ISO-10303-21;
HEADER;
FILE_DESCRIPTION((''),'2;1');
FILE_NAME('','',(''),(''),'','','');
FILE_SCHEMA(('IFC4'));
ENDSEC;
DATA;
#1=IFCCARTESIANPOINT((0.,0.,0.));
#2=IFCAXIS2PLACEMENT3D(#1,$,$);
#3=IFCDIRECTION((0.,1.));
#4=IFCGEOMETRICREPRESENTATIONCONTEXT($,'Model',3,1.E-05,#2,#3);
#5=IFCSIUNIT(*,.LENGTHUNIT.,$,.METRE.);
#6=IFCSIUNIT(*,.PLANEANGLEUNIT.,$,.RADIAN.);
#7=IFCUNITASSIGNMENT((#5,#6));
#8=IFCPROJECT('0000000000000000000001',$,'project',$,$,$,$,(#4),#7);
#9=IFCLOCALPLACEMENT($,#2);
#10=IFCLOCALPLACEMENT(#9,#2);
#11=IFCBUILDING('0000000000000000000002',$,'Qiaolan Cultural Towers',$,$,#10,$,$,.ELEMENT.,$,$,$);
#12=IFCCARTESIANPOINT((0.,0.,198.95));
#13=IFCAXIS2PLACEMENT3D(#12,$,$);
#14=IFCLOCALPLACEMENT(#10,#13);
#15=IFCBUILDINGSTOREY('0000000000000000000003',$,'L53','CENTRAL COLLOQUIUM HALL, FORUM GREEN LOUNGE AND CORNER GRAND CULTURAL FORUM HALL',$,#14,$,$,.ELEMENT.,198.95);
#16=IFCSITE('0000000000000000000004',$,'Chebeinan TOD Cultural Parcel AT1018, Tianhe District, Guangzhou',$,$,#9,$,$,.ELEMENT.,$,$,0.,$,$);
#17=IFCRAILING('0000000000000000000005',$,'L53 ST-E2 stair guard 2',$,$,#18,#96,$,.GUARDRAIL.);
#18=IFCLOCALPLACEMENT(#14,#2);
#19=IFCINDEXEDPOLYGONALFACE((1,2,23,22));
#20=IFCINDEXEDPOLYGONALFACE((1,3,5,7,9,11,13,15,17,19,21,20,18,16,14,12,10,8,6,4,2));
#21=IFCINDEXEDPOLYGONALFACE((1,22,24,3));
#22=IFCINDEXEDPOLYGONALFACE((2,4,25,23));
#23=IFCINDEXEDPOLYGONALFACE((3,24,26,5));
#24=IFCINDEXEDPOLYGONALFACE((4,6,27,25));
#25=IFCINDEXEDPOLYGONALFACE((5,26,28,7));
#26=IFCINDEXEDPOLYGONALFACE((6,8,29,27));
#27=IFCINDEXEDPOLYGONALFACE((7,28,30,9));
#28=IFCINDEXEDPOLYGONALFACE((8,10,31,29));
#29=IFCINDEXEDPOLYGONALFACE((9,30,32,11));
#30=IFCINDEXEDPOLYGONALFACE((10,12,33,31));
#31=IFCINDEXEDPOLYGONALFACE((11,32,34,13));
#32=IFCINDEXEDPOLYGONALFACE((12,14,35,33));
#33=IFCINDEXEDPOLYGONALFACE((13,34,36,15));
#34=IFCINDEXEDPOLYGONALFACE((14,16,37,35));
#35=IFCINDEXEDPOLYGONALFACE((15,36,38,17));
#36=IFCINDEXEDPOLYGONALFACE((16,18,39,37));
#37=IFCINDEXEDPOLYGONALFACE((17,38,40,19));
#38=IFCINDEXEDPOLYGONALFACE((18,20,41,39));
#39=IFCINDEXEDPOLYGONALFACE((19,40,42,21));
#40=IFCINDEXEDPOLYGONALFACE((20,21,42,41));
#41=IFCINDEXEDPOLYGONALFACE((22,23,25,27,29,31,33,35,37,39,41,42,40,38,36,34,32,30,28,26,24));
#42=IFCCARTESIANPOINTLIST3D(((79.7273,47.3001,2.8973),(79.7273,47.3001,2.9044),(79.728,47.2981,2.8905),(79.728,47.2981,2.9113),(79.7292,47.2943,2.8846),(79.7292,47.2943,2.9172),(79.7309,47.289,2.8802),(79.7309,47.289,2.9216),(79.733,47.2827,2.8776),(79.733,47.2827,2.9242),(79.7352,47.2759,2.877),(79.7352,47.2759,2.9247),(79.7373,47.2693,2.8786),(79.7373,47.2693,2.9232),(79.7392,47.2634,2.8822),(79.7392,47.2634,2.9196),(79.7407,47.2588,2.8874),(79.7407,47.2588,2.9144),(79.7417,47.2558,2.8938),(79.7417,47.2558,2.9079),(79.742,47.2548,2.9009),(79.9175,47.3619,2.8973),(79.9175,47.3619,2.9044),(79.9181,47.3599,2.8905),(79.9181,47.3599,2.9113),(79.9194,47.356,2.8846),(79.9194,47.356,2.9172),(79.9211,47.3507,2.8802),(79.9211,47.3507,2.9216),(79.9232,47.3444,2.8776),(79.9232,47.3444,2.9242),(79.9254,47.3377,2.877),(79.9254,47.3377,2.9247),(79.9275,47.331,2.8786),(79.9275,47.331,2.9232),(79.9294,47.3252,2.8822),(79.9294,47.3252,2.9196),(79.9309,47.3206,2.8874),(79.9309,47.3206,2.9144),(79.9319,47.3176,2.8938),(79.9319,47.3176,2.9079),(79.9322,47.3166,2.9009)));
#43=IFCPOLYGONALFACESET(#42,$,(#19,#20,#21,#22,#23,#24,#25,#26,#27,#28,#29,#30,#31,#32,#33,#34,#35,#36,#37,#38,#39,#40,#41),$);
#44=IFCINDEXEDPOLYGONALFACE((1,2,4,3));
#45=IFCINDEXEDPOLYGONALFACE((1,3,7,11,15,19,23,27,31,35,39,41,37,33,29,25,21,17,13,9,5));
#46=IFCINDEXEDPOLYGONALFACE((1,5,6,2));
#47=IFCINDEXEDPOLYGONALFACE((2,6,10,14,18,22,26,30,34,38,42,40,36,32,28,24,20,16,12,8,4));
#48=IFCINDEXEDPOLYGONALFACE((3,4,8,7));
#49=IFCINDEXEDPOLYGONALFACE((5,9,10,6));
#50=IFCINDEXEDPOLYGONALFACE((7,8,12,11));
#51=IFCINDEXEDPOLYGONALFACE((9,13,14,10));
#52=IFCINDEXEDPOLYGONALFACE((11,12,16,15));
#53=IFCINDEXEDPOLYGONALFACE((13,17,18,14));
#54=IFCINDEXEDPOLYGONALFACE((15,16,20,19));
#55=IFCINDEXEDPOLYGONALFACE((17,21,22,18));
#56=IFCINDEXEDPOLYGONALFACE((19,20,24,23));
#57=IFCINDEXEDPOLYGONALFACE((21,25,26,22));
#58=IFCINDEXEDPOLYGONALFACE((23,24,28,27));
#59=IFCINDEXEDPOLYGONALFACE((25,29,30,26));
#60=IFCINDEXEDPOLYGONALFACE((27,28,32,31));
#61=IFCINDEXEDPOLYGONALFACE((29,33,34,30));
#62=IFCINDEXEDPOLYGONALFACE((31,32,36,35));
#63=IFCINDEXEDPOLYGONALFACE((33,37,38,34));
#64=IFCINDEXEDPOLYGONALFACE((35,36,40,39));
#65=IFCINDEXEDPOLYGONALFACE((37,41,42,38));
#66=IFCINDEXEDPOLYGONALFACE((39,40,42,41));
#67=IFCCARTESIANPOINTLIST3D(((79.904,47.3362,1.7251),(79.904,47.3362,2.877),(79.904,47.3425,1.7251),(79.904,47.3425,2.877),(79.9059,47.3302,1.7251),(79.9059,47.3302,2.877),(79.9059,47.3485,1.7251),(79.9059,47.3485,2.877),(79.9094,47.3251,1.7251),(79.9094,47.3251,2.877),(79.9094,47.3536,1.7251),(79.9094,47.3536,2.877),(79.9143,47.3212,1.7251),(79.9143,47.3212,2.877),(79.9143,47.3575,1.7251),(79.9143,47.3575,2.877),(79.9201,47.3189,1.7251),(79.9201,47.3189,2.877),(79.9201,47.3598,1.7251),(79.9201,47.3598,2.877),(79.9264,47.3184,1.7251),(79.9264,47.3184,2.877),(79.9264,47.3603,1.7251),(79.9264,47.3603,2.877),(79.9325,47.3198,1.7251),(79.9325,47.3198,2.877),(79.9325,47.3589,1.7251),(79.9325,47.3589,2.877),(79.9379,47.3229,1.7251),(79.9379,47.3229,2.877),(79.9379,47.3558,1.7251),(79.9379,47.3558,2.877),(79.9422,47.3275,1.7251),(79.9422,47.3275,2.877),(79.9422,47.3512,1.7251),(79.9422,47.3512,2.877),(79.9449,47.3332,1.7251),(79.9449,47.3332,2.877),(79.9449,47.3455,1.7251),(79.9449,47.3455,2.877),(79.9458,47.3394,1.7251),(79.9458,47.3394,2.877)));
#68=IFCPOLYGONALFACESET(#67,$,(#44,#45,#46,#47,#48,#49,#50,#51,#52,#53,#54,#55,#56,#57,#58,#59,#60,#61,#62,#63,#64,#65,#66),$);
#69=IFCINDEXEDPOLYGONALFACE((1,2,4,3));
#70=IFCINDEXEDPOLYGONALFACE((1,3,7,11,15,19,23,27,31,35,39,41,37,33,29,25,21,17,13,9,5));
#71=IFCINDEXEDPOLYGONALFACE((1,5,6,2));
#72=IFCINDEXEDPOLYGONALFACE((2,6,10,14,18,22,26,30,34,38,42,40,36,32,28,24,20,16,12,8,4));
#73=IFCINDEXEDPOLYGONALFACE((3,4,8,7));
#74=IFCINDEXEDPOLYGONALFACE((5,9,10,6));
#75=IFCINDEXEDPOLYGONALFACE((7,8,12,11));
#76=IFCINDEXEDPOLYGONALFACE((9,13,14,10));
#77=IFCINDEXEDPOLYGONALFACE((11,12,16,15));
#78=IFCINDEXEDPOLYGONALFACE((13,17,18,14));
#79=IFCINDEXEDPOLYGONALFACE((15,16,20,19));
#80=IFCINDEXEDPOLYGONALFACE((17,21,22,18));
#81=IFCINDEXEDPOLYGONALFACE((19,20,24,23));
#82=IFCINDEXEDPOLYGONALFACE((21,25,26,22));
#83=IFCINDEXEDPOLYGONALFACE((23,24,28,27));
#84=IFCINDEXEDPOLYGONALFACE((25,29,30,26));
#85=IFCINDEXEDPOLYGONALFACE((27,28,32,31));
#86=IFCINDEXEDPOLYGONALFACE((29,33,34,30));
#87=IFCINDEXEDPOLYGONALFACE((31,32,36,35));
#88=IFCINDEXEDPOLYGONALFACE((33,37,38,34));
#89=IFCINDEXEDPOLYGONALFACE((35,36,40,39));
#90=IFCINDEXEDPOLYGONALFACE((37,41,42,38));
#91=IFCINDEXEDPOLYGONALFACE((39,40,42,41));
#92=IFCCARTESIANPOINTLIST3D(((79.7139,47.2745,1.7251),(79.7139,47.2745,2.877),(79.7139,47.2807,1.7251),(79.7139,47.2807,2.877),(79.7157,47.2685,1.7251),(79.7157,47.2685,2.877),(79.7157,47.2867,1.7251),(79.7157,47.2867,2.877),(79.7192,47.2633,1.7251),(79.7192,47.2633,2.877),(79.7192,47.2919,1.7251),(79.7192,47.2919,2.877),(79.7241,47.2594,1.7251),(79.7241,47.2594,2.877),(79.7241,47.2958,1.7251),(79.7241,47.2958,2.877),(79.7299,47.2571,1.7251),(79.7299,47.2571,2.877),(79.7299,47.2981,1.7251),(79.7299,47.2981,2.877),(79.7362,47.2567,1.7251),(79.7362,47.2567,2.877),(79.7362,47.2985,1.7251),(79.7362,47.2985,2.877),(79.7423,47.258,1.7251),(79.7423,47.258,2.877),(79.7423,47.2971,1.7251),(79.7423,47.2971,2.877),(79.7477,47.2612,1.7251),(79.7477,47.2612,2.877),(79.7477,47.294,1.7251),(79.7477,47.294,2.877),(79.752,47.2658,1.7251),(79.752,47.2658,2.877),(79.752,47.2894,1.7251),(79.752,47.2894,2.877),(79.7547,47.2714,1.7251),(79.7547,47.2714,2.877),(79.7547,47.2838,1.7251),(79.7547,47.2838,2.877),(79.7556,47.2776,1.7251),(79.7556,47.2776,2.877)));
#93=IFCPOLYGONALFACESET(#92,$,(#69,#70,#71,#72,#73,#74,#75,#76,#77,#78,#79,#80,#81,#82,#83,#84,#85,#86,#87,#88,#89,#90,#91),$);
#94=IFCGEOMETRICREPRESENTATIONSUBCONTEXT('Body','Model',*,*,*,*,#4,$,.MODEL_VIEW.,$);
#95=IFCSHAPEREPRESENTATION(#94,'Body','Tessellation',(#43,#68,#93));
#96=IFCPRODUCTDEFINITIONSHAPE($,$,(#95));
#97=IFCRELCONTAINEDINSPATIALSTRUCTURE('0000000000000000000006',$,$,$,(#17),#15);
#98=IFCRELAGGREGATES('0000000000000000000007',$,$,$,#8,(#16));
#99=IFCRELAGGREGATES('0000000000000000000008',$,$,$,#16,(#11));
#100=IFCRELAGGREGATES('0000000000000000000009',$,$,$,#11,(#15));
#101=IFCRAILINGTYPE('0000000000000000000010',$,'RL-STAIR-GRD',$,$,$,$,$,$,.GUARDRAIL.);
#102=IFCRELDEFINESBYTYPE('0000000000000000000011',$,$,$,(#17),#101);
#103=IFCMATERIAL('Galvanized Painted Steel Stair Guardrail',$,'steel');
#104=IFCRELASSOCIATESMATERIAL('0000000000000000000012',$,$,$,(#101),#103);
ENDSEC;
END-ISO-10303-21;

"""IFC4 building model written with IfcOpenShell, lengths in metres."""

from ifc_helpers import new_model, si_unit, direction, frame, origin, origin_2d, place, context, subcontext, project, spatial, circle, extrude, material, type_object, element, save


model = new_model("IFC4")

# Units and contexts
model_context = context("Model", 3, precision=1e-05, world=origin(), true_north=direction((0.0, 1.0)))
body_context = subcontext(model_context, "Body", "Model", "MODEL_VIEW")
ifc_project = project(units=[si_unit("LENGTHUNIT", "METRE"), si_unit("PLANEANGLEUNIT", "RADIAN")], contexts=[model_context])

# Site, building, storey
site_placement = place(None, origin())
site = spatial("IfcSite", under=ifc_project, at=site_placement, Name="Chebeinan TOD Cultural Parcel AT1018, Tianhe District, Guangzhou", CompositionType="ELEMENT", RefElevation=0.0)
building_placement = place(site_placement, origin())
building = spatial("IfcBuilding", under=site, at=building_placement, Name="Qiaolan Cultural Towers", CompositionType="ELEMENT")
storey_placement = place(building_placement, frame((0.0, 0.0, 198.95)))
storey = spatial("IfcBuildingStorey", under=building, at=storey_placement, Name="L53", Description="CENTRAL COLLOQUIUM HALL, FORUM GREEN LOUNGE AND CORNER GRAND CULTURAL FORUM HALL", CompositionType="ELEMENT", Elevation=198.95)

# Railing
ifc_material_1 = material(Name="Galvanized Painted Steel Stair Guardrail", Category="steel")
railing_type_1 = type_object("IfcRailingType", Name="RL-STAIR-GRD", PredefinedType="GUARDRAIL", material=ifc_material_1)
railing_1_placement = place(storey_placement, frame((79.9248, 47.3394, 1.7251)))
element("IfcRailing", 1, at=railing_1_placement, inside=storey, type_object=railing_type_1, Name="L53 ST-E2 stair guard 2", PredefinedType="GUARDRAIL", context=body_context, shape_type="SweptSolid", body=[
    extrude(circle(Radius=0.0239, at=origin_2d()), frame((0.0, 0.0, 1.1758), z_axis=(-0.951097, -0.308893, 0.0), x_axis=(0.308893, -0.951097, 0.0)), (0.0, 0.0, 1.0), 0.2),
    extrude(circle(Radius=0.021, at=origin_2d()), origin(), (0.0, 0.0, 1.0), 1.1519),
    extrude(circle(Radius=0.021, at=origin_2d()), frame((-0.1902, -0.0618, 0.0)), (0.0, 0.0, 1.0), 1.1519),
])

save(model, "model.ifc")
